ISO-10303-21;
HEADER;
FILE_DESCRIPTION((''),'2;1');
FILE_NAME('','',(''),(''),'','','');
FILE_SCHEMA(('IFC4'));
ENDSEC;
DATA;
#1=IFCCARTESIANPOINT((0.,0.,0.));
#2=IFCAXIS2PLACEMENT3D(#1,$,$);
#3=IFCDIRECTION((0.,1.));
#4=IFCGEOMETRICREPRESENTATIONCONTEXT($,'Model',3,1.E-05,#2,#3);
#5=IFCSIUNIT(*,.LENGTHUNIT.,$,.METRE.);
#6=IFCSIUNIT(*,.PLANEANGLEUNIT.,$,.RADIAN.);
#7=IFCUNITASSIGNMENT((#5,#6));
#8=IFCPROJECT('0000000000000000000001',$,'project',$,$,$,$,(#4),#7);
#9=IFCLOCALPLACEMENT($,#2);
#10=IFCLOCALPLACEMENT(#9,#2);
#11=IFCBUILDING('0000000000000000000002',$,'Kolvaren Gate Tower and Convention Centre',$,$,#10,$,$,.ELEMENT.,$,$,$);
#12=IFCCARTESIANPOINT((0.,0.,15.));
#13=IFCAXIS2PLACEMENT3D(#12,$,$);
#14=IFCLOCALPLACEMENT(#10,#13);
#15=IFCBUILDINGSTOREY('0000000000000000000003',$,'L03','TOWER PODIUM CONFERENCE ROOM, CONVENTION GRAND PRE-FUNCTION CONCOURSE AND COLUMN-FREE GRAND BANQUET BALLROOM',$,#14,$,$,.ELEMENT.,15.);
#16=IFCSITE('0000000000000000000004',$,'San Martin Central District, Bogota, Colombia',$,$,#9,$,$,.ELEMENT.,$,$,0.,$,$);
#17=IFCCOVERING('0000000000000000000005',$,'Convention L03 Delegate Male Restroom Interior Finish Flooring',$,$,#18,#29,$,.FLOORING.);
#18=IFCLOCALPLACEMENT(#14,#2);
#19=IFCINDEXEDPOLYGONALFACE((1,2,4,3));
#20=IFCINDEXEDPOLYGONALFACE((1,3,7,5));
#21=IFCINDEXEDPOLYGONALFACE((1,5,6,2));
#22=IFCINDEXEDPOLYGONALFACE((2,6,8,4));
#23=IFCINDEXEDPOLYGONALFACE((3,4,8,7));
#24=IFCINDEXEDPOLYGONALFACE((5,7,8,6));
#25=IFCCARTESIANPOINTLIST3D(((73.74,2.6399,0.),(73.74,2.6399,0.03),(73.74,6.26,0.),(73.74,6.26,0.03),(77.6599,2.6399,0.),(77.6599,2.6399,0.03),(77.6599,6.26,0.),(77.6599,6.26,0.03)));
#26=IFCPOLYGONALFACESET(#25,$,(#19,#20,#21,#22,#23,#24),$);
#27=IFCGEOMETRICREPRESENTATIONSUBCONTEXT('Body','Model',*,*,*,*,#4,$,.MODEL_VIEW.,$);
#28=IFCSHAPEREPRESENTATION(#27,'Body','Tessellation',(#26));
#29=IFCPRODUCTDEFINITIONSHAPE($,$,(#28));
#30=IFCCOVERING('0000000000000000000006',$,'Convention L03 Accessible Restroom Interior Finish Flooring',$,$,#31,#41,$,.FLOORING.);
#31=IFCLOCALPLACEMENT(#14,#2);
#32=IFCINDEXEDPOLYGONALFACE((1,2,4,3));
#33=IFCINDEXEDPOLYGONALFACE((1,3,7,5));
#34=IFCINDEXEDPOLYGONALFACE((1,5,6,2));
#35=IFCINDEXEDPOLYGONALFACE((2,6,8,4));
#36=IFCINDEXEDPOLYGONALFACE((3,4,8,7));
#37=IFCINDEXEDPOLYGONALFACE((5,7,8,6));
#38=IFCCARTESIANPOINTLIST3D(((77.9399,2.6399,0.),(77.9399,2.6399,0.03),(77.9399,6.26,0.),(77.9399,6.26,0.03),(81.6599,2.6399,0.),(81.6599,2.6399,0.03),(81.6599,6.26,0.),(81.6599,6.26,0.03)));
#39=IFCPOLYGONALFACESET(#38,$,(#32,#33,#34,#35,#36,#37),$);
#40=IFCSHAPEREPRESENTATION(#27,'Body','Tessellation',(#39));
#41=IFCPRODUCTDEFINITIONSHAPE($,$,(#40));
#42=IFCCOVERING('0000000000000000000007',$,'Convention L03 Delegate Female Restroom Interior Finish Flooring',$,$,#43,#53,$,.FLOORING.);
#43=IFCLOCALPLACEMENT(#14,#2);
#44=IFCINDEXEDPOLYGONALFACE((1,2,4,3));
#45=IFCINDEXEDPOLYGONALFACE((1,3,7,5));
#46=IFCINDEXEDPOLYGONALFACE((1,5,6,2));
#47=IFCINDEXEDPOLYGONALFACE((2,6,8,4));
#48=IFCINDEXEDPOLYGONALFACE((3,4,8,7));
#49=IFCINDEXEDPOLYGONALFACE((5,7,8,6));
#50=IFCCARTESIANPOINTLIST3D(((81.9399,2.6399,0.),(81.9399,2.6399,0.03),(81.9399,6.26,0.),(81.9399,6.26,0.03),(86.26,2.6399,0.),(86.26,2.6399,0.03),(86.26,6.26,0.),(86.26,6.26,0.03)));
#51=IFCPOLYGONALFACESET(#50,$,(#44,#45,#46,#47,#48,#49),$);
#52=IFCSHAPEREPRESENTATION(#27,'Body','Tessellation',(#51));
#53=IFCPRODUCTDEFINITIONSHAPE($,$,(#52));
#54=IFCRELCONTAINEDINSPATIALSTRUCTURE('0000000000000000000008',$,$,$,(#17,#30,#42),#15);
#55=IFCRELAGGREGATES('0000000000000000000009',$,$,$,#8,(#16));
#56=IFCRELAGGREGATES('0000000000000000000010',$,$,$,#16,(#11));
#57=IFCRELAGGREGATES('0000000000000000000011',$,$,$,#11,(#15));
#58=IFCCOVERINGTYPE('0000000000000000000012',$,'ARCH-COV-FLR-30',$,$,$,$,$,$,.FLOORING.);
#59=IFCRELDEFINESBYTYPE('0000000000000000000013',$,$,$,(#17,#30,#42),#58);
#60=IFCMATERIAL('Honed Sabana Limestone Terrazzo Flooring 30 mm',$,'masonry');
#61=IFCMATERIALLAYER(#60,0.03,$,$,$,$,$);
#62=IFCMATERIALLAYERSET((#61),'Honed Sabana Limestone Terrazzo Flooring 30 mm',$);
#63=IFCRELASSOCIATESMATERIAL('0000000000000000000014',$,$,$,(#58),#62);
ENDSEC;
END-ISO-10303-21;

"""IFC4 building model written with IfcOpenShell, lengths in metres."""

from ifc_helpers import new_model, si_unit, direction, frame, origin, place, context, subcontext, project, spatial, polyline, outline, extrude, material, layer, layer_set, type_object, element, save


model = new_model("IFC4")

# Units and contexts
model_context = context("Model", 3, precision=1e-05, world=origin(), true_north=direction((0.0, 1.0)))
body_context = subcontext(model_context, "Body", "Model", "MODEL_VIEW")
ifc_project = project(units=[si_unit("LENGTHUNIT", "METRE"), si_unit("PLANEANGLEUNIT", "RADIAN")], contexts=[model_context])

# Site, building, storey
site_placement = place(None, origin())
site = spatial("IfcSite", under=ifc_project, at=site_placement, Name="San Martin Central District, Bogota, Colombia", CompositionType="ELEMENT", RefElevation=0.0)
building_placement = place(site_placement, origin())
building = spatial("IfcBuilding", under=site, at=building_placement, Name="Kolvaren Gate Tower and Convention Centre", CompositionType="ELEMENT")
storey_placement = place(building_placement, frame((0.0, 0.0, 15.0)))
storey = spatial("IfcBuildingStorey", under=building, at=storey_placement, Name="L03", Description="TOWER PODIUM CONFERENCE ROOM, CONVENTION GRAND PRE-FUNCTION CONCOURSE AND COLUMN-FREE GRAND BANQUET BALLROOM", CompositionType="ELEMENT", Elevation=15.0)

# Coverings
ifc_material_1 = material(Name="Honed Sabana Limestone Terrazzo Flooring 30 mm", Category="masonry")
ifc_layer_1 = layer(ifc_material_1, 0.03)
ifc_layer_set_1 = layer_set([ifc_layer_1], Name="Honed Sabana Limestone Terrazzo Flooring 30 mm")
covering_type = type_object("IfcCoveringType", Name="ARCH-COV-FLR-30", PredefinedType="FLOORING", material=ifc_layer_set_1)
covering_1_placement = place(storey_placement, origin())
element("IfcCovering", 1, at=covering_1_placement, inside=storey, type_object=covering_type, Name="Convention L03 Delegate Male Restroom Interior Finish Flooring", PredefinedType="FLOORING", context=body_context, shape_type="SweptSolid", body=[
    extrude(outline(polyline([(73.74, 6.26), (77.6599, 6.26), (77.6599, 2.6399), (73.74, 2.6399), (73.74, 6.26)])), origin(), (0.0, 0.0, 1.0), 0.03),
])
covering_2_placement = place(storey_placement, origin())
element("IfcCovering", 2, at=covering_2_placement, inside=storey, type_object=covering_type, Name="Convention L03 Accessible Restroom Interior Finish Flooring", PredefinedType="FLOORING", context=body_context, shape_type="SweptSolid", body=[
    extrude(outline(polyline([(77.9399, 6.26), (81.6599, 6.26), (81.6599, 2.6399), (77.9399, 2.6399), (77.9399, 6.26)])), origin(), (0.0, 0.0, 1.0), 0.03),
])
covering_3_placement = place(storey_placement, origin())
element("IfcCovering", 3, at=covering_3_placement, inside=storey, type_object=covering_type, Name="Convention L03 Delegate Female Restroom Interior Finish Flooring", PredefinedType="FLOORING", context=body_context, shape_type="SweptSolid", body=[
    extrude(outline(polyline([(81.9399, 6.26), (86.26, 6.26), (86.26, 2.6399), (81.9399, 2.6399), (81.9399, 6.26)])), origin(), (0.0, 0.0, 1.0), 0.03),
])

save(model, "model.ifc")
